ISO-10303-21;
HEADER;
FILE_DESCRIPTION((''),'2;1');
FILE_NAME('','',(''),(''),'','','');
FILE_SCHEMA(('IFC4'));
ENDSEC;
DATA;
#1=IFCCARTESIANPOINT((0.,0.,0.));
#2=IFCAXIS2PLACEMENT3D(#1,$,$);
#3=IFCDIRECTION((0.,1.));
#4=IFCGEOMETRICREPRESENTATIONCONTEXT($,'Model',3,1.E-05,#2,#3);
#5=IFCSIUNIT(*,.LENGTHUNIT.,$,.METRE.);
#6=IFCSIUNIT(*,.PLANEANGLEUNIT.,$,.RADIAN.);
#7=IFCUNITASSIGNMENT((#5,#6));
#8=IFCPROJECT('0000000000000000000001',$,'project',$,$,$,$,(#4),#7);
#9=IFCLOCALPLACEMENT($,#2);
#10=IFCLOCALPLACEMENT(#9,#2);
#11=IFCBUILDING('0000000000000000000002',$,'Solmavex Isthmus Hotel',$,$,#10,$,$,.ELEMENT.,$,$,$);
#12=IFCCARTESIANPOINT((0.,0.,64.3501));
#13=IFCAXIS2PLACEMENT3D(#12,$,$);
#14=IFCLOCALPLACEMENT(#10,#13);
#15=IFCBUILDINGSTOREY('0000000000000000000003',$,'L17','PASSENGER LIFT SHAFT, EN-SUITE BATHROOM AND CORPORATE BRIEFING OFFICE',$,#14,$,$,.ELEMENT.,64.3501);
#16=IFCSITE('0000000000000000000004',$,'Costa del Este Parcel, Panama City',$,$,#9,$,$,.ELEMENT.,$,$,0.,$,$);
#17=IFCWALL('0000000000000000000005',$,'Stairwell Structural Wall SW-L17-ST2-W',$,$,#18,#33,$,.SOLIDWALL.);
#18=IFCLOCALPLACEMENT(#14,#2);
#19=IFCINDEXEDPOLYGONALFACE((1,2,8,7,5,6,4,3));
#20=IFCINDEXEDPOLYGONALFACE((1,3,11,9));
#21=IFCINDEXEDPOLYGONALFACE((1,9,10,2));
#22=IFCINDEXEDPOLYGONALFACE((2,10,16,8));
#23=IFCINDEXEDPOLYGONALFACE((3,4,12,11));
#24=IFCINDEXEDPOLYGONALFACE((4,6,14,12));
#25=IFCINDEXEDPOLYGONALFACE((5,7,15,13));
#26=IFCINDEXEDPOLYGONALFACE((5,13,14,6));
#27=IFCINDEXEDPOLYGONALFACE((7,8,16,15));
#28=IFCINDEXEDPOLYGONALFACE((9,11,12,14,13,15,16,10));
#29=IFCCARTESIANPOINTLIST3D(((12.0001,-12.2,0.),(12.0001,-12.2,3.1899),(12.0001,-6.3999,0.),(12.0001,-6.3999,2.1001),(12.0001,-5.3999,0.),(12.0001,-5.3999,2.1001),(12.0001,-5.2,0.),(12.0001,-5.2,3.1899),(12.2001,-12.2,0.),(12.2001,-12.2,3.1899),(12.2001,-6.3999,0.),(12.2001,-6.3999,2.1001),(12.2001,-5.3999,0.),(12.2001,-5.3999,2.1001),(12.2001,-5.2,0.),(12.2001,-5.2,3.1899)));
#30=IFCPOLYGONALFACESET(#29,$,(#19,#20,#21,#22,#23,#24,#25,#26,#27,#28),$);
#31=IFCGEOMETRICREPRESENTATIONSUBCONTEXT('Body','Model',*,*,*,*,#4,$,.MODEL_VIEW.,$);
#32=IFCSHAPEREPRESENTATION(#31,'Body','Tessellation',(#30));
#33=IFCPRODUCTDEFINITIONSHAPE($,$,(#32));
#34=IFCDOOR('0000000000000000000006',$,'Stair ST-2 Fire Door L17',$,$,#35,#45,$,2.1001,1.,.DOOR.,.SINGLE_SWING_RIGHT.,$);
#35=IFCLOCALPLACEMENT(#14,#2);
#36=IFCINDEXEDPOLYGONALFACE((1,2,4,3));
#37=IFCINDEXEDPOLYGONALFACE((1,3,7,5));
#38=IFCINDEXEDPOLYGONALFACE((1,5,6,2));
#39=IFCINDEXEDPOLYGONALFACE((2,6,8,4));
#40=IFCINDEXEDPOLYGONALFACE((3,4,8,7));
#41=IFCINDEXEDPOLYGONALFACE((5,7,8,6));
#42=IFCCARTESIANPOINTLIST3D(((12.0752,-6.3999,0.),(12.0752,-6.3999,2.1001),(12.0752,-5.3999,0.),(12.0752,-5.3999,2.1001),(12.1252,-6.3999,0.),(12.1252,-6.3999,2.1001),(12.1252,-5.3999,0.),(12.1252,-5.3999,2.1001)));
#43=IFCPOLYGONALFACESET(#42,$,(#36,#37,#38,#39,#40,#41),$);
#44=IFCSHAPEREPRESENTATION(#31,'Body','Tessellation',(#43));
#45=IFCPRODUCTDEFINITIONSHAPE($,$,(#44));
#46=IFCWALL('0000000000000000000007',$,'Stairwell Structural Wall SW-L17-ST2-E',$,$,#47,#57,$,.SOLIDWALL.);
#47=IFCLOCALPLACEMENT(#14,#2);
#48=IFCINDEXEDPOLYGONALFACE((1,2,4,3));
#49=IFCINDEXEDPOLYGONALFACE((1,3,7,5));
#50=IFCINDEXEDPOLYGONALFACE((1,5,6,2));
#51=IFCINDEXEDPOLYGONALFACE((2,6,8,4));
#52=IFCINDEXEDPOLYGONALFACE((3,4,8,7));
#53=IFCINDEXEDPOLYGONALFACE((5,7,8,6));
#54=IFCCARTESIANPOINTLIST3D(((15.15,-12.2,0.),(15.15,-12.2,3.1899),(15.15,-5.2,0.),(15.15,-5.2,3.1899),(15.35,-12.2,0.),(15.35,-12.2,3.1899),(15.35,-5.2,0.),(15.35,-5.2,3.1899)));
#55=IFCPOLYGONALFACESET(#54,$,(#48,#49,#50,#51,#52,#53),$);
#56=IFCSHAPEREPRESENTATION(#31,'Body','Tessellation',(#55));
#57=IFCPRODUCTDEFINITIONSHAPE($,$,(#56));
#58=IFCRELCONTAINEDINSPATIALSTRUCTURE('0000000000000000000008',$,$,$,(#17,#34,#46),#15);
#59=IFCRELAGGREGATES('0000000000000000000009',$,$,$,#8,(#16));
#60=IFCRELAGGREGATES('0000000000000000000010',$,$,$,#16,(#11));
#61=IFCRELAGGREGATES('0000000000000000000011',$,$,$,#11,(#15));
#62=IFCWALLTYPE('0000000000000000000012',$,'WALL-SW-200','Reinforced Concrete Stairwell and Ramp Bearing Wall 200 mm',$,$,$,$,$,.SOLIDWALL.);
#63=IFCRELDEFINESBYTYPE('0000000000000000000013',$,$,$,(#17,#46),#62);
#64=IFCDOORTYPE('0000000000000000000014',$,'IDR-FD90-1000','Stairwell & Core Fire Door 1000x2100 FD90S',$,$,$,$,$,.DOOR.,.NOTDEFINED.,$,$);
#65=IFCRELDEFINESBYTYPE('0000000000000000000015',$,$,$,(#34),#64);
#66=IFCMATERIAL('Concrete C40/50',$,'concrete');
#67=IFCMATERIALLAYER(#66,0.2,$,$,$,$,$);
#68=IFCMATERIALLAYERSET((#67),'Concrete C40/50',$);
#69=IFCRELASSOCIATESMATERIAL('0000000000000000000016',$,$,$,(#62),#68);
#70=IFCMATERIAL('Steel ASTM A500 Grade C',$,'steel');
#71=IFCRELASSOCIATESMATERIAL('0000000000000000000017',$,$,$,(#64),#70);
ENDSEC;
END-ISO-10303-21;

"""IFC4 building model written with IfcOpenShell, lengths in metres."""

from ifc_helpers import new_model, si_unit, direction, frame, frame_2d, origin, place, context, subcontext, project, spatial, rectangle, extrude, material, layer, layer_set, type_object, element, fill, save


model = new_model("IFC4")

# Units and contexts
model_context = context("Model", 3, precision=1e-05, world=origin(), true_north=direction((0.0, 1.0)))
body_context = subcontext(model_context, "Body", "Model", "MODEL_VIEW")
ifc_project = project(units=[si_unit("LENGTHUNIT", "METRE"), si_unit("PLANEANGLEUNIT", "RADIAN")], contexts=[model_context])

# Site, building, storey
site_placement = place(None, origin())
site = spatial("IfcSite", under=ifc_project, at=site_placement, Name="Costa del Este Parcel, Panama City", CompositionType="ELEMENT", RefElevation=0.0)
building_placement = place(site_placement, origin())
building = spatial("IfcBuilding", under=site, at=building_placement, Name="Solmavex Isthmus Hotel", CompositionType="ELEMENT")
storey_placement = place(building_placement, frame((0.0, 0.0, 64.3501)))
storey = spatial("IfcBuildingStorey", under=building, at=storey_placement, Name="L17", Description="PASSENGER LIFT SHAFT, EN-SUITE BATHROOM AND CORPORATE BRIEFING OFFICE", CompositionType="ELEMENT", Elevation=64.3501)

# Shared definitions
ifc_material_1 = material(Name="Concrete C40/50", Category="concrete")
ifc_layer_1 = layer(ifc_material_1, 0.2)
ifc_layer_set_1 = layer_set([ifc_layer_1], Name="Concrete C40/50")
wall_type_1 = type_object("IfcWallType", Name="WALL-SW-200", Description="Reinforced Concrete Stairwell and Ramp Bearing Wall 200 mm", PredefinedType="SOLIDWALL", material=ifc_layer_set_1)

# Wall, opening, door
wall_1_placement = place(storey_placement, frame((12.1001, -12.2, 0.0), z_axis=(0.0, 0.0, 1.0), x_axis=(0.0, 1.0, 0.0)))
wall_1 = element("IfcWall", 1, at=wall_1_placement, inside=storey, type_object=wall_type_1, Name="Stairwell Structural Wall SW-L17-ST2-W", PredefinedType="SOLIDWALL", context=body_context, shape_type="SweptSolid", body=[
    extrude(rectangle(XDim=7.0, YDim=0.2, at=frame_2d((3.5, 0.0))), origin(), (0.0, 0.0, 1.0), 3.1899),
])
opening_placement = place(wall_1_placement, frame((5.8, 0.0, 0.0)))
opening = element("IfcOpeningElement", 2, at=opening_placement, cuts=wall_1, PredefinedType="OPENING", context=body_context, shape_type="SweptSolid", body=[
    extrude(rectangle(XDim=1.0, YDim=2.1001, at=frame_2d((0.5, 1.05))), frame((0.0, 0.1099, 0.0), z_axis=(0.0, -1.0, 0.0), x_axis=(1.0, 0.0, 0.0)), (0.0, 0.0, 1.0), 0.22),
])
ifc_material_2 = material(Name="Steel ASTM A500 Grade C", Category="steel")
door_type = type_object("IfcDoorType", Name="IDR-FD90-1000", Description="Stairwell & Core Fire Door 1000x2100 FD90S", OperationType="NOTDEFINED", PredefinedType="DOOR", material=ifc_material_2)
door_placement = place(opening_placement, origin())
door = element("IfcDoor", 3, at=door_placement, inside=storey, type_object=door_type, Name="Stair ST-2 Fire Door L17", OperationType="SINGLE_SWING_RIGHT", OverallHeight=2.1001, OverallWidth=1.0, PredefinedType="DOOR", context=body_context, shape_type="SweptSolid", body=[
    extrude(rectangle(XDim=1.0, YDim=2.1001, at=frame_2d((0.5, 1.05))), frame((0.0, 0.0249, 0.0), z_axis=(0.0, -1.0, 0.0), x_axis=(1.0, 0.0, 0.0)), (0.0, 0.0, 1.0), 0.05),
])
fill(opening, door)

# Wall
wall_2_placement = place(storey_placement, frame((15.25, -12.2, 0.0), z_axis=(0.0, 0.0, 1.0), x_axis=(0.0, 1.0, 0.0)))
element("IfcWall", 4, at=wall_2_placement, inside=storey, type_object=wall_type_1, Name="Stairwell Structural Wall SW-L17-ST2-E", PredefinedType="SOLIDWALL", context=body_context, shape_type="SweptSolid", body=[
    extrude(rectangle(XDim=7.0, YDim=0.2, at=frame_2d((3.5, 0.0))), origin(), (0.0, 0.0, 1.0), 3.1899),
])

save(model, "model.ifc")
